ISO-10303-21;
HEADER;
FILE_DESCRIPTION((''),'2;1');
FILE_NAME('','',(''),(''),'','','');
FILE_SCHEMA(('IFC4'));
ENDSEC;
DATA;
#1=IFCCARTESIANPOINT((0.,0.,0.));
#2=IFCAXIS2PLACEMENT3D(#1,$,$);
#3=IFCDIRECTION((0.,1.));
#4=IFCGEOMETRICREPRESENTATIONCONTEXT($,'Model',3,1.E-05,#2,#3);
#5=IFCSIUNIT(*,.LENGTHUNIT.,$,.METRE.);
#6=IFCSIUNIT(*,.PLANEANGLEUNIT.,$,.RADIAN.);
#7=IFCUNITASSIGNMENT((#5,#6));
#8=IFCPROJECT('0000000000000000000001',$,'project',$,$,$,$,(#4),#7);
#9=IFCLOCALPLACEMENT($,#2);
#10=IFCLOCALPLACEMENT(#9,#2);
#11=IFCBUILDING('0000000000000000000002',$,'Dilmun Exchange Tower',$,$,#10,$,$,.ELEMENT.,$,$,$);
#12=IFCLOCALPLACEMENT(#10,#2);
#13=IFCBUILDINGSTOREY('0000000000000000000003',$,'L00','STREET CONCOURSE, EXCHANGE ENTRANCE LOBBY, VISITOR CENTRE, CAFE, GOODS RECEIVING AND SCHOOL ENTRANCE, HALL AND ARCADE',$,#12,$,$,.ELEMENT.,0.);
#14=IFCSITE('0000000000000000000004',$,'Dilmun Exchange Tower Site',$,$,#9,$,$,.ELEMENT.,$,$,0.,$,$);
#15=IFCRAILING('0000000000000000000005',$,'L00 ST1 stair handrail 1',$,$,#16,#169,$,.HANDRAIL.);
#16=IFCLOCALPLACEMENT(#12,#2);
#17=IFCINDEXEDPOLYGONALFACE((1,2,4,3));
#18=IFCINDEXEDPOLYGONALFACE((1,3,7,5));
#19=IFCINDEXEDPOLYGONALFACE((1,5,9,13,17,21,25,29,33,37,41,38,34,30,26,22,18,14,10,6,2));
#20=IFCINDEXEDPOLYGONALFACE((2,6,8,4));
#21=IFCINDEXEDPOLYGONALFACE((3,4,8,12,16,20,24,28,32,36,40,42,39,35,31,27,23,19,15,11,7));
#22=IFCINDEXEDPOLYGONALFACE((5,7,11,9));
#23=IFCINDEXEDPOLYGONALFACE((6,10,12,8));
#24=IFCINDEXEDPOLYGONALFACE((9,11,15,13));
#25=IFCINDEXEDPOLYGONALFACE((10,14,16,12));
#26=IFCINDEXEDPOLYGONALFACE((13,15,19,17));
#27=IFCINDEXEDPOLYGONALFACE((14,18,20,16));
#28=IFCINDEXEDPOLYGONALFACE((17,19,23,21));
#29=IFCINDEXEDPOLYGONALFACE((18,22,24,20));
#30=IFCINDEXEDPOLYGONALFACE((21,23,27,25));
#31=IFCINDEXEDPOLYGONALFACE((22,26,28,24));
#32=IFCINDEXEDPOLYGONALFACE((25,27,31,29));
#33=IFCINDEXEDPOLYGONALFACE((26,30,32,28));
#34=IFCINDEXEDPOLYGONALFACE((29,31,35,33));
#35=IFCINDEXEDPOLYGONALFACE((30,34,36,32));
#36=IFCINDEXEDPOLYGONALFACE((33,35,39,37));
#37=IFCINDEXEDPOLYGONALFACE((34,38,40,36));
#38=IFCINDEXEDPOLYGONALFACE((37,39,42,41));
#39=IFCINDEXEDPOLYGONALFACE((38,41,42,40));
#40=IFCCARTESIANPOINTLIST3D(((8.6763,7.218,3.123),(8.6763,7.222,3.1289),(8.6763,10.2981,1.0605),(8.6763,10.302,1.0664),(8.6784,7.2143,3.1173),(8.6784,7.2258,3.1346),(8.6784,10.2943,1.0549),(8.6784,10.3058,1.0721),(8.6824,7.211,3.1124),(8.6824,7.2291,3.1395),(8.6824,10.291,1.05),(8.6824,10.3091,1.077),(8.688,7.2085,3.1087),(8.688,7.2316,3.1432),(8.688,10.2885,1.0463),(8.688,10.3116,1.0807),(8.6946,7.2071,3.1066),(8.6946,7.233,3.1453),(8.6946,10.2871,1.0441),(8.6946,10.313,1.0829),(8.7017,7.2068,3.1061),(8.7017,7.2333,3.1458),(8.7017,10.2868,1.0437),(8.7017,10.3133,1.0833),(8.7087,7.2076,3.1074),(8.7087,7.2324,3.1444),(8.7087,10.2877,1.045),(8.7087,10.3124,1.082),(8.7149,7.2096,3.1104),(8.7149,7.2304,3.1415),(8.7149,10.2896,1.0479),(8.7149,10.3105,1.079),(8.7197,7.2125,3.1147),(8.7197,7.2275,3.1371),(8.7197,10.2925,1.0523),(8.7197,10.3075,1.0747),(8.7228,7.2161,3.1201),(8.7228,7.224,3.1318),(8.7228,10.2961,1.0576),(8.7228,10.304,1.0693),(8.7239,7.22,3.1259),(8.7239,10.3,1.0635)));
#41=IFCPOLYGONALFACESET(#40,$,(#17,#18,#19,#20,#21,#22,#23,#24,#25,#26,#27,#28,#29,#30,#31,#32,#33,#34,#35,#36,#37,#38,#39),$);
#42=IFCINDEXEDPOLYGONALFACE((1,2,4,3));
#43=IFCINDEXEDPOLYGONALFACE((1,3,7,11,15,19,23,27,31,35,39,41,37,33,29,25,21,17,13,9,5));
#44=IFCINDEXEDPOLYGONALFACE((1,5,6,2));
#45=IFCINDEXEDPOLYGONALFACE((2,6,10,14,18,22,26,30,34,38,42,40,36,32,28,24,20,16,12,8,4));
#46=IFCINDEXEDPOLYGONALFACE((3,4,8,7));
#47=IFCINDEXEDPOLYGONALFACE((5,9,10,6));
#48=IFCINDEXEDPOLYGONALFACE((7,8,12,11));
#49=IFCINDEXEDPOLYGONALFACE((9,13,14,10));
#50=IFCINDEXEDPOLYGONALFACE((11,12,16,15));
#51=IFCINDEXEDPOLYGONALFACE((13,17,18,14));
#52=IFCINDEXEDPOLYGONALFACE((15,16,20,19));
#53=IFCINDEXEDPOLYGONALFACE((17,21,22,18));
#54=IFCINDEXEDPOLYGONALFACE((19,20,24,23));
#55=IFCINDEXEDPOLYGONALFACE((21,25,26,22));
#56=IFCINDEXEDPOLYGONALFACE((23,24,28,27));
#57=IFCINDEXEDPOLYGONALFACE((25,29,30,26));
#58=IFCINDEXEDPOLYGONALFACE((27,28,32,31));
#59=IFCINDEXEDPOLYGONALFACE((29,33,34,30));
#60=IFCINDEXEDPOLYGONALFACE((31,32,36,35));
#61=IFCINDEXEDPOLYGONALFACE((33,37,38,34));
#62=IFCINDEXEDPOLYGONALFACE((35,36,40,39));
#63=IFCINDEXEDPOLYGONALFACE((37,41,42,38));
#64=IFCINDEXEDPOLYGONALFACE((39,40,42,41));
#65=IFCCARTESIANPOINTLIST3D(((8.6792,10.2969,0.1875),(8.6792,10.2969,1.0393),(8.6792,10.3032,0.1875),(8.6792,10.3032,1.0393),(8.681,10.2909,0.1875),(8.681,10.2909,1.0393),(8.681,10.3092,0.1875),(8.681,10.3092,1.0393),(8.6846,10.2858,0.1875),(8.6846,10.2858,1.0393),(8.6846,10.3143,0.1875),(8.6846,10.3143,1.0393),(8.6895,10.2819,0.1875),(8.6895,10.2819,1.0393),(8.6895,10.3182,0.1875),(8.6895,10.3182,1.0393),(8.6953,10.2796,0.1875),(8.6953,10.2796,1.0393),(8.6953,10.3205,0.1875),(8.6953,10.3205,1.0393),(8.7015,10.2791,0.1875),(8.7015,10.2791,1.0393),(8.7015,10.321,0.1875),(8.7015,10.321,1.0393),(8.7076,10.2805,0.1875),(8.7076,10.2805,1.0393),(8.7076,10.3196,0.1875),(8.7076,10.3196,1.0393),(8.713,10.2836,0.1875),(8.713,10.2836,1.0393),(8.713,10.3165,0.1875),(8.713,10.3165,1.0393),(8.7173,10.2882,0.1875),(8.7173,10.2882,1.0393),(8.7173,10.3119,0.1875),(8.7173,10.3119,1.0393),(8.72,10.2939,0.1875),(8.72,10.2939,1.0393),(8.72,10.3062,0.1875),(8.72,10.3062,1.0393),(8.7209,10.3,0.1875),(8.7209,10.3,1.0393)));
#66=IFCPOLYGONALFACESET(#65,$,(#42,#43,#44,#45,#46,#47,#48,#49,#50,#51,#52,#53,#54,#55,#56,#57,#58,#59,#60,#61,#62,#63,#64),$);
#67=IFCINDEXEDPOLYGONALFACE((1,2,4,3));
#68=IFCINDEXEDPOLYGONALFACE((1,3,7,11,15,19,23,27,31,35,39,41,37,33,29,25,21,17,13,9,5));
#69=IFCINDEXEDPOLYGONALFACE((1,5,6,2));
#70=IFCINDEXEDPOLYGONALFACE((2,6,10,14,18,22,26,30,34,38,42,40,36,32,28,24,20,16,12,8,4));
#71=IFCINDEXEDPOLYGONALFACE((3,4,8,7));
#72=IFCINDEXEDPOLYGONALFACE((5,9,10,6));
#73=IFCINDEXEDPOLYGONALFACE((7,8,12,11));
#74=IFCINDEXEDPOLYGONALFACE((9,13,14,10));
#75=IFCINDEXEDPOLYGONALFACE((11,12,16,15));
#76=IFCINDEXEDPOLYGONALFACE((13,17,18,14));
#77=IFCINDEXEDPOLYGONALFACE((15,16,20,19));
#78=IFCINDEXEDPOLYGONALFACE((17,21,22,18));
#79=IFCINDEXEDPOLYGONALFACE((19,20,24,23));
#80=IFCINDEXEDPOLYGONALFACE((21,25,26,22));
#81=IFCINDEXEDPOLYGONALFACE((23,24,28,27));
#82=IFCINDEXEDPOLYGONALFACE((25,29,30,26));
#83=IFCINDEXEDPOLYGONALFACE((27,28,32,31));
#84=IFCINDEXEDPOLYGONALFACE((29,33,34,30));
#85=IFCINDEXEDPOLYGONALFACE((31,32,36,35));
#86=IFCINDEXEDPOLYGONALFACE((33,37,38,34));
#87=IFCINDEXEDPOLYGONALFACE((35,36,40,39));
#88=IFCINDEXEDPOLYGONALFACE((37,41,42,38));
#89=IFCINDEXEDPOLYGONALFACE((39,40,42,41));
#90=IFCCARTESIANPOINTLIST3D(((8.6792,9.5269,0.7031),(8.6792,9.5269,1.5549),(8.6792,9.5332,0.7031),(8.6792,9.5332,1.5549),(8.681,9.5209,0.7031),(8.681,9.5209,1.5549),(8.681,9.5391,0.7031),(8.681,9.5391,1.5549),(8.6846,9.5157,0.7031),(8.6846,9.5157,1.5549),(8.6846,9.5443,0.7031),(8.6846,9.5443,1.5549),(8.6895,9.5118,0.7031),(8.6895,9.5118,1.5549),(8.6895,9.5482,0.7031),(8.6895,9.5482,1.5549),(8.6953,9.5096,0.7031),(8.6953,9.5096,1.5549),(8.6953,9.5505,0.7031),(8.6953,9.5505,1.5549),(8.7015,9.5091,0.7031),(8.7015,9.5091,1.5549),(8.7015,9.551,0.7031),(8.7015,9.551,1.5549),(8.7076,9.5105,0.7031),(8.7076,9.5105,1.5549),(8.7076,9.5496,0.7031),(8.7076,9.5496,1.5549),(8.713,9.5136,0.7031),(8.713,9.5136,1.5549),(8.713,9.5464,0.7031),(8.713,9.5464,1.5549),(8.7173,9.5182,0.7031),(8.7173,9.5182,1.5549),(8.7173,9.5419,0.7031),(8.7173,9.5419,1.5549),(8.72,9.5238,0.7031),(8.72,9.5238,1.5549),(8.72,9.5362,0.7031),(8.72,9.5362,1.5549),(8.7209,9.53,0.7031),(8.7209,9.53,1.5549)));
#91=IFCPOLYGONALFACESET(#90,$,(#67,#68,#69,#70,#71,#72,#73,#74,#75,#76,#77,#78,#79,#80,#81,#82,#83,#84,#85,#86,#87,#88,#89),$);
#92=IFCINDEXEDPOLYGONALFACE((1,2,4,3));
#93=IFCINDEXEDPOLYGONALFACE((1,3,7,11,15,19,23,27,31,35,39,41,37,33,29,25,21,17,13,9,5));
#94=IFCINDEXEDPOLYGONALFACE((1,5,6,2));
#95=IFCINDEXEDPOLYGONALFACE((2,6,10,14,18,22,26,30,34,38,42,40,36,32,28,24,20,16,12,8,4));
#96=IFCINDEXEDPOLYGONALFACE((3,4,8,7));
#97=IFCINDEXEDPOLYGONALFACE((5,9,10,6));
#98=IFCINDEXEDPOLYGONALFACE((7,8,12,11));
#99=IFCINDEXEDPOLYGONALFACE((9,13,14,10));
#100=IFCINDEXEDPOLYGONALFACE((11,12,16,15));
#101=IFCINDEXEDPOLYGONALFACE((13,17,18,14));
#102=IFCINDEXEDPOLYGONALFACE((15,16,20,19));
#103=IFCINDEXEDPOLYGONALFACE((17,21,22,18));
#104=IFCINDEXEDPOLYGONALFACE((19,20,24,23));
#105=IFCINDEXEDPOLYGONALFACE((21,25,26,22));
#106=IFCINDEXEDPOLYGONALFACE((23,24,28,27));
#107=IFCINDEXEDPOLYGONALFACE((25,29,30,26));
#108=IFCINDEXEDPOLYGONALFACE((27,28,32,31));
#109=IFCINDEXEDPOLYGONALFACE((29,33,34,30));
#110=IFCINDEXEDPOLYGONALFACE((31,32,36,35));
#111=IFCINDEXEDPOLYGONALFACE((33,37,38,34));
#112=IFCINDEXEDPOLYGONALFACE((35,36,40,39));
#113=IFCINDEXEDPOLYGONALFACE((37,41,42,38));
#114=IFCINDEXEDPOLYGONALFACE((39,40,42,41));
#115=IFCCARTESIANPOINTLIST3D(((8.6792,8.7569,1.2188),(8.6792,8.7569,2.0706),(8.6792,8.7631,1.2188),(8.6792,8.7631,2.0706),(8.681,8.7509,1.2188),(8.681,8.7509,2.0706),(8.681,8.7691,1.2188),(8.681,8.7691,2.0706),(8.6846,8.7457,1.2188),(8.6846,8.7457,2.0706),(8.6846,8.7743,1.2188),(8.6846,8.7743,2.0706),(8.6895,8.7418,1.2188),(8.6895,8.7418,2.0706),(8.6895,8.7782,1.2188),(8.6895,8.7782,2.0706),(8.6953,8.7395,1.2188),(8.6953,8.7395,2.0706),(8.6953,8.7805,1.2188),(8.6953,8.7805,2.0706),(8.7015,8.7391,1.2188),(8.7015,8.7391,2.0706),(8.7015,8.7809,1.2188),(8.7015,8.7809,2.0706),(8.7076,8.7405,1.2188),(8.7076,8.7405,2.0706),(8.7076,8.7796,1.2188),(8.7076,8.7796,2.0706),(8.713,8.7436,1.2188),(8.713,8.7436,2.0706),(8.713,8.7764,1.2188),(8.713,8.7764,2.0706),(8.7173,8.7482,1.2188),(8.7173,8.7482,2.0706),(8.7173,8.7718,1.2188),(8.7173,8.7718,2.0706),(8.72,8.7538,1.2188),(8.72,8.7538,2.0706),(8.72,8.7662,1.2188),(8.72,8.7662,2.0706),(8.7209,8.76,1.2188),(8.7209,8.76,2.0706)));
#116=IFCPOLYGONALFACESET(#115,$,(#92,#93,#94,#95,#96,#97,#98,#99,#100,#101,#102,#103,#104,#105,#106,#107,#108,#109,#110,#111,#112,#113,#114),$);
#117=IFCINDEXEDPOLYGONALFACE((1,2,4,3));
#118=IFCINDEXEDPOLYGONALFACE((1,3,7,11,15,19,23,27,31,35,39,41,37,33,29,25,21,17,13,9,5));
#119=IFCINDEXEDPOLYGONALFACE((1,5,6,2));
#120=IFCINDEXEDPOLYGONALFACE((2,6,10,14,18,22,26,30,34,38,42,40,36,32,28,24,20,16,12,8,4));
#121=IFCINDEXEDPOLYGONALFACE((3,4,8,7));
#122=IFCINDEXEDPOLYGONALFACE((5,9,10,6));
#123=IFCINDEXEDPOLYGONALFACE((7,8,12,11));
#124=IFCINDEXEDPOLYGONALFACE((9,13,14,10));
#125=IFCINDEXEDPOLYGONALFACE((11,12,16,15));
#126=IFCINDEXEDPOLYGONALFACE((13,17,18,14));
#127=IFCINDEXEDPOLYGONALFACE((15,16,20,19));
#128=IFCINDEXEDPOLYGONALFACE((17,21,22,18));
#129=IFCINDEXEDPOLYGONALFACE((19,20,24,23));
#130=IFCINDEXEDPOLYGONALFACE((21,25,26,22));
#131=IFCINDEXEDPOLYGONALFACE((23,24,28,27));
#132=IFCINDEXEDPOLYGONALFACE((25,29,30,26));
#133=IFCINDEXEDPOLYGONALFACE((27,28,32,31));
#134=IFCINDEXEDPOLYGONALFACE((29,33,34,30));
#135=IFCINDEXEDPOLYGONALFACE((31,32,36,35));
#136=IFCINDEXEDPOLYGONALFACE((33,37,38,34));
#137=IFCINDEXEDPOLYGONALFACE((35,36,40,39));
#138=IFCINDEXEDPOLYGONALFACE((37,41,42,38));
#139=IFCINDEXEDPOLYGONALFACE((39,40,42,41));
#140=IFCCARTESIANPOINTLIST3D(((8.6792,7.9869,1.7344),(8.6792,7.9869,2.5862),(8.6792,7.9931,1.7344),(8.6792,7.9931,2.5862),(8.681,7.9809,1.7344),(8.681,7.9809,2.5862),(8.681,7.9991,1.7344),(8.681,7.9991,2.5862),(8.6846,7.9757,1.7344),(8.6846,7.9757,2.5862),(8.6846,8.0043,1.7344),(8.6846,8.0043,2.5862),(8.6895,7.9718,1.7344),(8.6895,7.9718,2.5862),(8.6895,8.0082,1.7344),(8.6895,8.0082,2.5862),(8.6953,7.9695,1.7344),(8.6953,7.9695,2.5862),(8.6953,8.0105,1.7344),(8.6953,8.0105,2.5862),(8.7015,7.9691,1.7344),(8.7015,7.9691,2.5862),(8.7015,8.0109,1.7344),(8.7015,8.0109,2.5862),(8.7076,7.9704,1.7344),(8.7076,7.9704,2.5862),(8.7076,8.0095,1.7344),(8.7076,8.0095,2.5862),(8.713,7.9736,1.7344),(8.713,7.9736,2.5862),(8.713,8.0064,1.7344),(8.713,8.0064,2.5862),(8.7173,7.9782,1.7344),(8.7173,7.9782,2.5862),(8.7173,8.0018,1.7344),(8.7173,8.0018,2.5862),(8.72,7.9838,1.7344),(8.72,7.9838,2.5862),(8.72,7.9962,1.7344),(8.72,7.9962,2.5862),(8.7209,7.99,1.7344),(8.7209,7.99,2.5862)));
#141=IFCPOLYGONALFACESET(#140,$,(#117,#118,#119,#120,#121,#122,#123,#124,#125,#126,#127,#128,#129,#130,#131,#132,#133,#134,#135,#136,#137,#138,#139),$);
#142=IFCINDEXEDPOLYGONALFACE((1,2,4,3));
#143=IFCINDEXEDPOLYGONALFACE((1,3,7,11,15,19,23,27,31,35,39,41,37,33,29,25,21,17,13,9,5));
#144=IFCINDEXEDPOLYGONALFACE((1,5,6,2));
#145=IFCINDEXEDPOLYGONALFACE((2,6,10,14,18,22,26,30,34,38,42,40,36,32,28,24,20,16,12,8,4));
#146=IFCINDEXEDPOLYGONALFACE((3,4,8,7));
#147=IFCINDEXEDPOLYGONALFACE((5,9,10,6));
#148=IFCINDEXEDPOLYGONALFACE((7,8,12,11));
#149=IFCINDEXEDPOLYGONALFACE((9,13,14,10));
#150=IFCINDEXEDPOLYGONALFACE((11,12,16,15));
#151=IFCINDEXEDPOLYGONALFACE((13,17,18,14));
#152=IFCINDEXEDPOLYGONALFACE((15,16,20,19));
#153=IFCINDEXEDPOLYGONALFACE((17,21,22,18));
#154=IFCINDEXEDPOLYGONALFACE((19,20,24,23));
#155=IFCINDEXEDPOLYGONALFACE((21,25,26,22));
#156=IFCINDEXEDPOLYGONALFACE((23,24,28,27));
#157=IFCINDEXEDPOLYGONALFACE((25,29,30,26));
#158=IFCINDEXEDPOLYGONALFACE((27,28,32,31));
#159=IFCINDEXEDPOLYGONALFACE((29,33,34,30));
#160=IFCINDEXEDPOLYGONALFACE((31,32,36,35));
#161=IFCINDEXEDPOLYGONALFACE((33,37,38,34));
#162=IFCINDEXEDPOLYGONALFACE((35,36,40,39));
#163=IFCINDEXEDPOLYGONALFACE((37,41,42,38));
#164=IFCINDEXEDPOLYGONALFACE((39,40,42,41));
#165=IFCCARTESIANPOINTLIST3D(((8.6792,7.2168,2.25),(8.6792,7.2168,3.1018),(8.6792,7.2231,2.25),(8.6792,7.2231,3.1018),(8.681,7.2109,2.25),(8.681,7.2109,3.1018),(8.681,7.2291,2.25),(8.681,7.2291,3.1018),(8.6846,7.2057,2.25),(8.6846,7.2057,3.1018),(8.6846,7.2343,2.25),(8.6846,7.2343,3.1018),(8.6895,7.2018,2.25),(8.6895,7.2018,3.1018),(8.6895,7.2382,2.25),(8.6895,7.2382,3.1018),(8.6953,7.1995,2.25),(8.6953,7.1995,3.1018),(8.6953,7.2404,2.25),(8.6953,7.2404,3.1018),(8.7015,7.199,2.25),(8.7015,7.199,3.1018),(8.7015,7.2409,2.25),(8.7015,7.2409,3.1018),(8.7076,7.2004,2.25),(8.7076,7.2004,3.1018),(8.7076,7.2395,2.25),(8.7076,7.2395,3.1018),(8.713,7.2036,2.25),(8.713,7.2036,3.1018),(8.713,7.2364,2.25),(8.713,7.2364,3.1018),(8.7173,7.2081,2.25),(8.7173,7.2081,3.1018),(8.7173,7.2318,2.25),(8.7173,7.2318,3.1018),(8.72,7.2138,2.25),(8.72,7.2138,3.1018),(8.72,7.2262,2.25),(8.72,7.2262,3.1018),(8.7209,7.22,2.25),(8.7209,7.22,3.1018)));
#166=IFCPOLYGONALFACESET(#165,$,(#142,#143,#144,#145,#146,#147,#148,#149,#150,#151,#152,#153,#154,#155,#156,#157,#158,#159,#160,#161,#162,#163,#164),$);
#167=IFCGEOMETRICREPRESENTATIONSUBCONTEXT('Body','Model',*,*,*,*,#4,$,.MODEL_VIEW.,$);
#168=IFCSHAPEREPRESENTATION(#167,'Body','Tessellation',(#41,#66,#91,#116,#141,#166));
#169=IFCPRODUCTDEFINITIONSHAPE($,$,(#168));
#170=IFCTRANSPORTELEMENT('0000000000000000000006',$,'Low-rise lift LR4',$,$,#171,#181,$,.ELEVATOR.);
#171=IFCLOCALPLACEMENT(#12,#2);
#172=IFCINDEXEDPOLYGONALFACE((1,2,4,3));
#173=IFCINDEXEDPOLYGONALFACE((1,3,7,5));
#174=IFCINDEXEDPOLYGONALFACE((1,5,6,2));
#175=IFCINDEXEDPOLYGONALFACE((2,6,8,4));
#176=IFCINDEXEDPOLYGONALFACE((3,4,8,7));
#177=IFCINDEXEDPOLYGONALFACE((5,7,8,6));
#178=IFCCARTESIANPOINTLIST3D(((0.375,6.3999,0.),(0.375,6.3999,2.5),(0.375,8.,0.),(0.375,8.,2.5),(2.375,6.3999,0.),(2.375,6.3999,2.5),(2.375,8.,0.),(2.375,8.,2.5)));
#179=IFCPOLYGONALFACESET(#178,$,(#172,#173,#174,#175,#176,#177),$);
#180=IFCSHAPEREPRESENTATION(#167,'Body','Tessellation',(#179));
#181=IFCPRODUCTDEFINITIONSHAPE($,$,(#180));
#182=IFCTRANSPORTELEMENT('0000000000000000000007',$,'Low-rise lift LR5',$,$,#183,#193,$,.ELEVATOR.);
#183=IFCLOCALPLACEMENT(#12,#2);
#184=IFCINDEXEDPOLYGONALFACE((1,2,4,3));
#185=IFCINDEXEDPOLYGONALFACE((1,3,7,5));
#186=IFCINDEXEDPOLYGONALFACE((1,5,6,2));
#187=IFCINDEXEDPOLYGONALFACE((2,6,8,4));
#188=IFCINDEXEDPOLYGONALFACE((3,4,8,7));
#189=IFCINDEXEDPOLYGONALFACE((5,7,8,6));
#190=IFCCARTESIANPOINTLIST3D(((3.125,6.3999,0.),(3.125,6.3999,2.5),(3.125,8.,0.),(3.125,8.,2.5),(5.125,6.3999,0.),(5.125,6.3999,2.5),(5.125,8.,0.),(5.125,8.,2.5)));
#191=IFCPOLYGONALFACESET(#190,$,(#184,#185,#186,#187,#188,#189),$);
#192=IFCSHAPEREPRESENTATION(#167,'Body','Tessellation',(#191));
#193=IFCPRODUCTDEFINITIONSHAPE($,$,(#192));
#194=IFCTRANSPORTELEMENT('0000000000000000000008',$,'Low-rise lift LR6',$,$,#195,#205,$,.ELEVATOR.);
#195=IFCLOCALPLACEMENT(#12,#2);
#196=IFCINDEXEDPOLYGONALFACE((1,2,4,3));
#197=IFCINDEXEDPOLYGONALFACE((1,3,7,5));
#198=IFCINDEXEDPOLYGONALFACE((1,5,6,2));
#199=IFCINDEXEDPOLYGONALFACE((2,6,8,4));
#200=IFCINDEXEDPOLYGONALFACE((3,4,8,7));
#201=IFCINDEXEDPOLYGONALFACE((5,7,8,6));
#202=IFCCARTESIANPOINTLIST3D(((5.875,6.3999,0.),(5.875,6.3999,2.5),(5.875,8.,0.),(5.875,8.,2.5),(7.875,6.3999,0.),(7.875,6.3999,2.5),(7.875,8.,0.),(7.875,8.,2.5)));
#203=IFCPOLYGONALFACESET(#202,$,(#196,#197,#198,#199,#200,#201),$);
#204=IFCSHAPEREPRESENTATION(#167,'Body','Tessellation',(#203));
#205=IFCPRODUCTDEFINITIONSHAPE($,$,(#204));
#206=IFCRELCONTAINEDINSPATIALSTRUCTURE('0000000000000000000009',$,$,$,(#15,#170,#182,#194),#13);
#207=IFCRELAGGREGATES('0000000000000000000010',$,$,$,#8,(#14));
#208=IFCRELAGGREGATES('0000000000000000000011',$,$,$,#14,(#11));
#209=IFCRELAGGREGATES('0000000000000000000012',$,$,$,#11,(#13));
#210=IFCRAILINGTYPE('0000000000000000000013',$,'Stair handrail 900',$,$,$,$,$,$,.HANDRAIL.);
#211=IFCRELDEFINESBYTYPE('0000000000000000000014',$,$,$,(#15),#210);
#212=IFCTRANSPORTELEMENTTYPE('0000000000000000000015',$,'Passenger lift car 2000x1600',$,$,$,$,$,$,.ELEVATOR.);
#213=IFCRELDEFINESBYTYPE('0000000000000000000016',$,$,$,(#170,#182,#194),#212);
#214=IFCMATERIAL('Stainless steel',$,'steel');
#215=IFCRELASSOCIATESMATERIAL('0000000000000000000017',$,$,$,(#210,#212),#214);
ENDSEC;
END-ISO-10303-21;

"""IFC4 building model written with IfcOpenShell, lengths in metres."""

from ifc_helpers import new_model, si_unit, direction, frame, origin, origin_2d, place, context, subcontext, project, spatial, rectangle, circle, extrude, material, type_object, element, save


model = new_model("IFC4")

# Units and contexts
model_context = context("Model", 3, precision=1e-05, world=origin(), true_north=direction((0.0, 1.0)))
body_context = subcontext(model_context, "Body", "Model", "MODEL_VIEW")
ifc_project = project(units=[si_unit("LENGTHUNIT", "METRE"), si_unit("PLANEANGLEUNIT", "RADIAN")], contexts=[model_context])

# Site, building, storey
site_placement = place(None, origin())
site = spatial("IfcSite", under=ifc_project, at=site_placement, Name="Dilmun Exchange Tower Site", CompositionType="ELEMENT", RefElevation=0.0)
building_placement = place(site_placement, origin())
building = spatial("IfcBuilding", under=site, at=building_placement, Name="Dilmun Exchange Tower", CompositionType="ELEMENT")
storey_placement = place(building_placement, origin())
storey = spatial("IfcBuildingStorey", under=building, at=storey_placement, Name="L00", Description="STREET CONCOURSE, EXCHANGE ENTRANCE LOBBY, VISITOR CENTRE, CAFE, GOODS RECEIVING AND SCHOOL ENTRANCE, HALL AND ARCADE", CompositionType="ELEMENT", Elevation=0.0)

# Railing
ifc_material_1 = material(Name="Stainless steel", Category="steel")
railing_type = type_object("IfcRailingType", Name="Stair handrail 900", PredefinedType="HANDRAIL", material=ifc_material_1)
railing_placement = place(storey_placement, frame((8.7, 10.3, 0.1875)))
element("IfcRailing", 1, at=railing_placement, inside=storey, type_object=railing_type, Name="L00 ST1 stair handrail 1", PredefinedType="HANDRAIL", context=body_context, shape_type="SweptSolid", body=[
    extrude(circle(Radius=0.0239, at=origin_2d()), frame((0.0, 0.0, 0.876), z_axis=(0.0, -0.830914, 0.556401), x_axis=(1.0, 0.0, 0.0)), (0.0, 0.0, 1.0), 3.7068),
    extrude(circle(Radius=0.021, at=origin_2d()), origin(), (0.0, 0.0, 1.0), 0.8518),
    extrude(circle(Radius=0.021, at=origin_2d()), frame((0.0, -0.77, 0.5156)), (0.0, 0.0, 1.0), 0.8518),
    extrude(circle(Radius=0.021, at=origin_2d()), frame((0.0, -1.54, 1.0312)), (0.0, 0.0, 1.0), 0.8518),
    extrude(circle(Radius=0.021, at=origin_2d()), frame((0.0, -2.3101, 1.5469)), (0.0, 0.0, 1.0), 0.8518),
    extrude(circle(Radius=0.021, at=origin_2d()), frame((0.0, -3.0801, 2.0625)), (0.0, 0.0, 1.0), 0.8518),
])

# Transport elements
transport_element_type = type_object("IfcTransportElementType", Name="Passenger lift car 2000x1600", PredefinedType="ELEVATOR", material=ifc_material_1)
for number, where, z_axis, x_axis, name in (
    (2, (1.375, 7.2, 0.0), (0.0, 0.0, 1.0), (1.0, 0.0, 0.0), "Low-rise lift LR4"),
    (3, (4.125, 7.2, 0.0), (0.0, 0.0, 1.0), (1.0, 0.0, 0.0), "Low-rise lift LR5"),
    (4, (6.875, 7.2, 0.0), (0.0, 0.0, 1.0), (1.0, 0.0, 0.0), "Low-rise lift LR6"),
):
    element("IfcTransportElement", number, at=place(storey_placement, frame(where, z_axis=z_axis, x_axis=x_axis)), inside=storey, type_object=transport_element_type, Name=name, PredefinedType="ELEVATOR", context=body_context, shape_type="SweptSolid", body=[
        extrude(rectangle(XDim=2.0, YDim=1.6001, at=origin_2d()), origin(), (0.0, 0.0, 1.0), 2.5),
    ])

save(model, "model.ifc")
